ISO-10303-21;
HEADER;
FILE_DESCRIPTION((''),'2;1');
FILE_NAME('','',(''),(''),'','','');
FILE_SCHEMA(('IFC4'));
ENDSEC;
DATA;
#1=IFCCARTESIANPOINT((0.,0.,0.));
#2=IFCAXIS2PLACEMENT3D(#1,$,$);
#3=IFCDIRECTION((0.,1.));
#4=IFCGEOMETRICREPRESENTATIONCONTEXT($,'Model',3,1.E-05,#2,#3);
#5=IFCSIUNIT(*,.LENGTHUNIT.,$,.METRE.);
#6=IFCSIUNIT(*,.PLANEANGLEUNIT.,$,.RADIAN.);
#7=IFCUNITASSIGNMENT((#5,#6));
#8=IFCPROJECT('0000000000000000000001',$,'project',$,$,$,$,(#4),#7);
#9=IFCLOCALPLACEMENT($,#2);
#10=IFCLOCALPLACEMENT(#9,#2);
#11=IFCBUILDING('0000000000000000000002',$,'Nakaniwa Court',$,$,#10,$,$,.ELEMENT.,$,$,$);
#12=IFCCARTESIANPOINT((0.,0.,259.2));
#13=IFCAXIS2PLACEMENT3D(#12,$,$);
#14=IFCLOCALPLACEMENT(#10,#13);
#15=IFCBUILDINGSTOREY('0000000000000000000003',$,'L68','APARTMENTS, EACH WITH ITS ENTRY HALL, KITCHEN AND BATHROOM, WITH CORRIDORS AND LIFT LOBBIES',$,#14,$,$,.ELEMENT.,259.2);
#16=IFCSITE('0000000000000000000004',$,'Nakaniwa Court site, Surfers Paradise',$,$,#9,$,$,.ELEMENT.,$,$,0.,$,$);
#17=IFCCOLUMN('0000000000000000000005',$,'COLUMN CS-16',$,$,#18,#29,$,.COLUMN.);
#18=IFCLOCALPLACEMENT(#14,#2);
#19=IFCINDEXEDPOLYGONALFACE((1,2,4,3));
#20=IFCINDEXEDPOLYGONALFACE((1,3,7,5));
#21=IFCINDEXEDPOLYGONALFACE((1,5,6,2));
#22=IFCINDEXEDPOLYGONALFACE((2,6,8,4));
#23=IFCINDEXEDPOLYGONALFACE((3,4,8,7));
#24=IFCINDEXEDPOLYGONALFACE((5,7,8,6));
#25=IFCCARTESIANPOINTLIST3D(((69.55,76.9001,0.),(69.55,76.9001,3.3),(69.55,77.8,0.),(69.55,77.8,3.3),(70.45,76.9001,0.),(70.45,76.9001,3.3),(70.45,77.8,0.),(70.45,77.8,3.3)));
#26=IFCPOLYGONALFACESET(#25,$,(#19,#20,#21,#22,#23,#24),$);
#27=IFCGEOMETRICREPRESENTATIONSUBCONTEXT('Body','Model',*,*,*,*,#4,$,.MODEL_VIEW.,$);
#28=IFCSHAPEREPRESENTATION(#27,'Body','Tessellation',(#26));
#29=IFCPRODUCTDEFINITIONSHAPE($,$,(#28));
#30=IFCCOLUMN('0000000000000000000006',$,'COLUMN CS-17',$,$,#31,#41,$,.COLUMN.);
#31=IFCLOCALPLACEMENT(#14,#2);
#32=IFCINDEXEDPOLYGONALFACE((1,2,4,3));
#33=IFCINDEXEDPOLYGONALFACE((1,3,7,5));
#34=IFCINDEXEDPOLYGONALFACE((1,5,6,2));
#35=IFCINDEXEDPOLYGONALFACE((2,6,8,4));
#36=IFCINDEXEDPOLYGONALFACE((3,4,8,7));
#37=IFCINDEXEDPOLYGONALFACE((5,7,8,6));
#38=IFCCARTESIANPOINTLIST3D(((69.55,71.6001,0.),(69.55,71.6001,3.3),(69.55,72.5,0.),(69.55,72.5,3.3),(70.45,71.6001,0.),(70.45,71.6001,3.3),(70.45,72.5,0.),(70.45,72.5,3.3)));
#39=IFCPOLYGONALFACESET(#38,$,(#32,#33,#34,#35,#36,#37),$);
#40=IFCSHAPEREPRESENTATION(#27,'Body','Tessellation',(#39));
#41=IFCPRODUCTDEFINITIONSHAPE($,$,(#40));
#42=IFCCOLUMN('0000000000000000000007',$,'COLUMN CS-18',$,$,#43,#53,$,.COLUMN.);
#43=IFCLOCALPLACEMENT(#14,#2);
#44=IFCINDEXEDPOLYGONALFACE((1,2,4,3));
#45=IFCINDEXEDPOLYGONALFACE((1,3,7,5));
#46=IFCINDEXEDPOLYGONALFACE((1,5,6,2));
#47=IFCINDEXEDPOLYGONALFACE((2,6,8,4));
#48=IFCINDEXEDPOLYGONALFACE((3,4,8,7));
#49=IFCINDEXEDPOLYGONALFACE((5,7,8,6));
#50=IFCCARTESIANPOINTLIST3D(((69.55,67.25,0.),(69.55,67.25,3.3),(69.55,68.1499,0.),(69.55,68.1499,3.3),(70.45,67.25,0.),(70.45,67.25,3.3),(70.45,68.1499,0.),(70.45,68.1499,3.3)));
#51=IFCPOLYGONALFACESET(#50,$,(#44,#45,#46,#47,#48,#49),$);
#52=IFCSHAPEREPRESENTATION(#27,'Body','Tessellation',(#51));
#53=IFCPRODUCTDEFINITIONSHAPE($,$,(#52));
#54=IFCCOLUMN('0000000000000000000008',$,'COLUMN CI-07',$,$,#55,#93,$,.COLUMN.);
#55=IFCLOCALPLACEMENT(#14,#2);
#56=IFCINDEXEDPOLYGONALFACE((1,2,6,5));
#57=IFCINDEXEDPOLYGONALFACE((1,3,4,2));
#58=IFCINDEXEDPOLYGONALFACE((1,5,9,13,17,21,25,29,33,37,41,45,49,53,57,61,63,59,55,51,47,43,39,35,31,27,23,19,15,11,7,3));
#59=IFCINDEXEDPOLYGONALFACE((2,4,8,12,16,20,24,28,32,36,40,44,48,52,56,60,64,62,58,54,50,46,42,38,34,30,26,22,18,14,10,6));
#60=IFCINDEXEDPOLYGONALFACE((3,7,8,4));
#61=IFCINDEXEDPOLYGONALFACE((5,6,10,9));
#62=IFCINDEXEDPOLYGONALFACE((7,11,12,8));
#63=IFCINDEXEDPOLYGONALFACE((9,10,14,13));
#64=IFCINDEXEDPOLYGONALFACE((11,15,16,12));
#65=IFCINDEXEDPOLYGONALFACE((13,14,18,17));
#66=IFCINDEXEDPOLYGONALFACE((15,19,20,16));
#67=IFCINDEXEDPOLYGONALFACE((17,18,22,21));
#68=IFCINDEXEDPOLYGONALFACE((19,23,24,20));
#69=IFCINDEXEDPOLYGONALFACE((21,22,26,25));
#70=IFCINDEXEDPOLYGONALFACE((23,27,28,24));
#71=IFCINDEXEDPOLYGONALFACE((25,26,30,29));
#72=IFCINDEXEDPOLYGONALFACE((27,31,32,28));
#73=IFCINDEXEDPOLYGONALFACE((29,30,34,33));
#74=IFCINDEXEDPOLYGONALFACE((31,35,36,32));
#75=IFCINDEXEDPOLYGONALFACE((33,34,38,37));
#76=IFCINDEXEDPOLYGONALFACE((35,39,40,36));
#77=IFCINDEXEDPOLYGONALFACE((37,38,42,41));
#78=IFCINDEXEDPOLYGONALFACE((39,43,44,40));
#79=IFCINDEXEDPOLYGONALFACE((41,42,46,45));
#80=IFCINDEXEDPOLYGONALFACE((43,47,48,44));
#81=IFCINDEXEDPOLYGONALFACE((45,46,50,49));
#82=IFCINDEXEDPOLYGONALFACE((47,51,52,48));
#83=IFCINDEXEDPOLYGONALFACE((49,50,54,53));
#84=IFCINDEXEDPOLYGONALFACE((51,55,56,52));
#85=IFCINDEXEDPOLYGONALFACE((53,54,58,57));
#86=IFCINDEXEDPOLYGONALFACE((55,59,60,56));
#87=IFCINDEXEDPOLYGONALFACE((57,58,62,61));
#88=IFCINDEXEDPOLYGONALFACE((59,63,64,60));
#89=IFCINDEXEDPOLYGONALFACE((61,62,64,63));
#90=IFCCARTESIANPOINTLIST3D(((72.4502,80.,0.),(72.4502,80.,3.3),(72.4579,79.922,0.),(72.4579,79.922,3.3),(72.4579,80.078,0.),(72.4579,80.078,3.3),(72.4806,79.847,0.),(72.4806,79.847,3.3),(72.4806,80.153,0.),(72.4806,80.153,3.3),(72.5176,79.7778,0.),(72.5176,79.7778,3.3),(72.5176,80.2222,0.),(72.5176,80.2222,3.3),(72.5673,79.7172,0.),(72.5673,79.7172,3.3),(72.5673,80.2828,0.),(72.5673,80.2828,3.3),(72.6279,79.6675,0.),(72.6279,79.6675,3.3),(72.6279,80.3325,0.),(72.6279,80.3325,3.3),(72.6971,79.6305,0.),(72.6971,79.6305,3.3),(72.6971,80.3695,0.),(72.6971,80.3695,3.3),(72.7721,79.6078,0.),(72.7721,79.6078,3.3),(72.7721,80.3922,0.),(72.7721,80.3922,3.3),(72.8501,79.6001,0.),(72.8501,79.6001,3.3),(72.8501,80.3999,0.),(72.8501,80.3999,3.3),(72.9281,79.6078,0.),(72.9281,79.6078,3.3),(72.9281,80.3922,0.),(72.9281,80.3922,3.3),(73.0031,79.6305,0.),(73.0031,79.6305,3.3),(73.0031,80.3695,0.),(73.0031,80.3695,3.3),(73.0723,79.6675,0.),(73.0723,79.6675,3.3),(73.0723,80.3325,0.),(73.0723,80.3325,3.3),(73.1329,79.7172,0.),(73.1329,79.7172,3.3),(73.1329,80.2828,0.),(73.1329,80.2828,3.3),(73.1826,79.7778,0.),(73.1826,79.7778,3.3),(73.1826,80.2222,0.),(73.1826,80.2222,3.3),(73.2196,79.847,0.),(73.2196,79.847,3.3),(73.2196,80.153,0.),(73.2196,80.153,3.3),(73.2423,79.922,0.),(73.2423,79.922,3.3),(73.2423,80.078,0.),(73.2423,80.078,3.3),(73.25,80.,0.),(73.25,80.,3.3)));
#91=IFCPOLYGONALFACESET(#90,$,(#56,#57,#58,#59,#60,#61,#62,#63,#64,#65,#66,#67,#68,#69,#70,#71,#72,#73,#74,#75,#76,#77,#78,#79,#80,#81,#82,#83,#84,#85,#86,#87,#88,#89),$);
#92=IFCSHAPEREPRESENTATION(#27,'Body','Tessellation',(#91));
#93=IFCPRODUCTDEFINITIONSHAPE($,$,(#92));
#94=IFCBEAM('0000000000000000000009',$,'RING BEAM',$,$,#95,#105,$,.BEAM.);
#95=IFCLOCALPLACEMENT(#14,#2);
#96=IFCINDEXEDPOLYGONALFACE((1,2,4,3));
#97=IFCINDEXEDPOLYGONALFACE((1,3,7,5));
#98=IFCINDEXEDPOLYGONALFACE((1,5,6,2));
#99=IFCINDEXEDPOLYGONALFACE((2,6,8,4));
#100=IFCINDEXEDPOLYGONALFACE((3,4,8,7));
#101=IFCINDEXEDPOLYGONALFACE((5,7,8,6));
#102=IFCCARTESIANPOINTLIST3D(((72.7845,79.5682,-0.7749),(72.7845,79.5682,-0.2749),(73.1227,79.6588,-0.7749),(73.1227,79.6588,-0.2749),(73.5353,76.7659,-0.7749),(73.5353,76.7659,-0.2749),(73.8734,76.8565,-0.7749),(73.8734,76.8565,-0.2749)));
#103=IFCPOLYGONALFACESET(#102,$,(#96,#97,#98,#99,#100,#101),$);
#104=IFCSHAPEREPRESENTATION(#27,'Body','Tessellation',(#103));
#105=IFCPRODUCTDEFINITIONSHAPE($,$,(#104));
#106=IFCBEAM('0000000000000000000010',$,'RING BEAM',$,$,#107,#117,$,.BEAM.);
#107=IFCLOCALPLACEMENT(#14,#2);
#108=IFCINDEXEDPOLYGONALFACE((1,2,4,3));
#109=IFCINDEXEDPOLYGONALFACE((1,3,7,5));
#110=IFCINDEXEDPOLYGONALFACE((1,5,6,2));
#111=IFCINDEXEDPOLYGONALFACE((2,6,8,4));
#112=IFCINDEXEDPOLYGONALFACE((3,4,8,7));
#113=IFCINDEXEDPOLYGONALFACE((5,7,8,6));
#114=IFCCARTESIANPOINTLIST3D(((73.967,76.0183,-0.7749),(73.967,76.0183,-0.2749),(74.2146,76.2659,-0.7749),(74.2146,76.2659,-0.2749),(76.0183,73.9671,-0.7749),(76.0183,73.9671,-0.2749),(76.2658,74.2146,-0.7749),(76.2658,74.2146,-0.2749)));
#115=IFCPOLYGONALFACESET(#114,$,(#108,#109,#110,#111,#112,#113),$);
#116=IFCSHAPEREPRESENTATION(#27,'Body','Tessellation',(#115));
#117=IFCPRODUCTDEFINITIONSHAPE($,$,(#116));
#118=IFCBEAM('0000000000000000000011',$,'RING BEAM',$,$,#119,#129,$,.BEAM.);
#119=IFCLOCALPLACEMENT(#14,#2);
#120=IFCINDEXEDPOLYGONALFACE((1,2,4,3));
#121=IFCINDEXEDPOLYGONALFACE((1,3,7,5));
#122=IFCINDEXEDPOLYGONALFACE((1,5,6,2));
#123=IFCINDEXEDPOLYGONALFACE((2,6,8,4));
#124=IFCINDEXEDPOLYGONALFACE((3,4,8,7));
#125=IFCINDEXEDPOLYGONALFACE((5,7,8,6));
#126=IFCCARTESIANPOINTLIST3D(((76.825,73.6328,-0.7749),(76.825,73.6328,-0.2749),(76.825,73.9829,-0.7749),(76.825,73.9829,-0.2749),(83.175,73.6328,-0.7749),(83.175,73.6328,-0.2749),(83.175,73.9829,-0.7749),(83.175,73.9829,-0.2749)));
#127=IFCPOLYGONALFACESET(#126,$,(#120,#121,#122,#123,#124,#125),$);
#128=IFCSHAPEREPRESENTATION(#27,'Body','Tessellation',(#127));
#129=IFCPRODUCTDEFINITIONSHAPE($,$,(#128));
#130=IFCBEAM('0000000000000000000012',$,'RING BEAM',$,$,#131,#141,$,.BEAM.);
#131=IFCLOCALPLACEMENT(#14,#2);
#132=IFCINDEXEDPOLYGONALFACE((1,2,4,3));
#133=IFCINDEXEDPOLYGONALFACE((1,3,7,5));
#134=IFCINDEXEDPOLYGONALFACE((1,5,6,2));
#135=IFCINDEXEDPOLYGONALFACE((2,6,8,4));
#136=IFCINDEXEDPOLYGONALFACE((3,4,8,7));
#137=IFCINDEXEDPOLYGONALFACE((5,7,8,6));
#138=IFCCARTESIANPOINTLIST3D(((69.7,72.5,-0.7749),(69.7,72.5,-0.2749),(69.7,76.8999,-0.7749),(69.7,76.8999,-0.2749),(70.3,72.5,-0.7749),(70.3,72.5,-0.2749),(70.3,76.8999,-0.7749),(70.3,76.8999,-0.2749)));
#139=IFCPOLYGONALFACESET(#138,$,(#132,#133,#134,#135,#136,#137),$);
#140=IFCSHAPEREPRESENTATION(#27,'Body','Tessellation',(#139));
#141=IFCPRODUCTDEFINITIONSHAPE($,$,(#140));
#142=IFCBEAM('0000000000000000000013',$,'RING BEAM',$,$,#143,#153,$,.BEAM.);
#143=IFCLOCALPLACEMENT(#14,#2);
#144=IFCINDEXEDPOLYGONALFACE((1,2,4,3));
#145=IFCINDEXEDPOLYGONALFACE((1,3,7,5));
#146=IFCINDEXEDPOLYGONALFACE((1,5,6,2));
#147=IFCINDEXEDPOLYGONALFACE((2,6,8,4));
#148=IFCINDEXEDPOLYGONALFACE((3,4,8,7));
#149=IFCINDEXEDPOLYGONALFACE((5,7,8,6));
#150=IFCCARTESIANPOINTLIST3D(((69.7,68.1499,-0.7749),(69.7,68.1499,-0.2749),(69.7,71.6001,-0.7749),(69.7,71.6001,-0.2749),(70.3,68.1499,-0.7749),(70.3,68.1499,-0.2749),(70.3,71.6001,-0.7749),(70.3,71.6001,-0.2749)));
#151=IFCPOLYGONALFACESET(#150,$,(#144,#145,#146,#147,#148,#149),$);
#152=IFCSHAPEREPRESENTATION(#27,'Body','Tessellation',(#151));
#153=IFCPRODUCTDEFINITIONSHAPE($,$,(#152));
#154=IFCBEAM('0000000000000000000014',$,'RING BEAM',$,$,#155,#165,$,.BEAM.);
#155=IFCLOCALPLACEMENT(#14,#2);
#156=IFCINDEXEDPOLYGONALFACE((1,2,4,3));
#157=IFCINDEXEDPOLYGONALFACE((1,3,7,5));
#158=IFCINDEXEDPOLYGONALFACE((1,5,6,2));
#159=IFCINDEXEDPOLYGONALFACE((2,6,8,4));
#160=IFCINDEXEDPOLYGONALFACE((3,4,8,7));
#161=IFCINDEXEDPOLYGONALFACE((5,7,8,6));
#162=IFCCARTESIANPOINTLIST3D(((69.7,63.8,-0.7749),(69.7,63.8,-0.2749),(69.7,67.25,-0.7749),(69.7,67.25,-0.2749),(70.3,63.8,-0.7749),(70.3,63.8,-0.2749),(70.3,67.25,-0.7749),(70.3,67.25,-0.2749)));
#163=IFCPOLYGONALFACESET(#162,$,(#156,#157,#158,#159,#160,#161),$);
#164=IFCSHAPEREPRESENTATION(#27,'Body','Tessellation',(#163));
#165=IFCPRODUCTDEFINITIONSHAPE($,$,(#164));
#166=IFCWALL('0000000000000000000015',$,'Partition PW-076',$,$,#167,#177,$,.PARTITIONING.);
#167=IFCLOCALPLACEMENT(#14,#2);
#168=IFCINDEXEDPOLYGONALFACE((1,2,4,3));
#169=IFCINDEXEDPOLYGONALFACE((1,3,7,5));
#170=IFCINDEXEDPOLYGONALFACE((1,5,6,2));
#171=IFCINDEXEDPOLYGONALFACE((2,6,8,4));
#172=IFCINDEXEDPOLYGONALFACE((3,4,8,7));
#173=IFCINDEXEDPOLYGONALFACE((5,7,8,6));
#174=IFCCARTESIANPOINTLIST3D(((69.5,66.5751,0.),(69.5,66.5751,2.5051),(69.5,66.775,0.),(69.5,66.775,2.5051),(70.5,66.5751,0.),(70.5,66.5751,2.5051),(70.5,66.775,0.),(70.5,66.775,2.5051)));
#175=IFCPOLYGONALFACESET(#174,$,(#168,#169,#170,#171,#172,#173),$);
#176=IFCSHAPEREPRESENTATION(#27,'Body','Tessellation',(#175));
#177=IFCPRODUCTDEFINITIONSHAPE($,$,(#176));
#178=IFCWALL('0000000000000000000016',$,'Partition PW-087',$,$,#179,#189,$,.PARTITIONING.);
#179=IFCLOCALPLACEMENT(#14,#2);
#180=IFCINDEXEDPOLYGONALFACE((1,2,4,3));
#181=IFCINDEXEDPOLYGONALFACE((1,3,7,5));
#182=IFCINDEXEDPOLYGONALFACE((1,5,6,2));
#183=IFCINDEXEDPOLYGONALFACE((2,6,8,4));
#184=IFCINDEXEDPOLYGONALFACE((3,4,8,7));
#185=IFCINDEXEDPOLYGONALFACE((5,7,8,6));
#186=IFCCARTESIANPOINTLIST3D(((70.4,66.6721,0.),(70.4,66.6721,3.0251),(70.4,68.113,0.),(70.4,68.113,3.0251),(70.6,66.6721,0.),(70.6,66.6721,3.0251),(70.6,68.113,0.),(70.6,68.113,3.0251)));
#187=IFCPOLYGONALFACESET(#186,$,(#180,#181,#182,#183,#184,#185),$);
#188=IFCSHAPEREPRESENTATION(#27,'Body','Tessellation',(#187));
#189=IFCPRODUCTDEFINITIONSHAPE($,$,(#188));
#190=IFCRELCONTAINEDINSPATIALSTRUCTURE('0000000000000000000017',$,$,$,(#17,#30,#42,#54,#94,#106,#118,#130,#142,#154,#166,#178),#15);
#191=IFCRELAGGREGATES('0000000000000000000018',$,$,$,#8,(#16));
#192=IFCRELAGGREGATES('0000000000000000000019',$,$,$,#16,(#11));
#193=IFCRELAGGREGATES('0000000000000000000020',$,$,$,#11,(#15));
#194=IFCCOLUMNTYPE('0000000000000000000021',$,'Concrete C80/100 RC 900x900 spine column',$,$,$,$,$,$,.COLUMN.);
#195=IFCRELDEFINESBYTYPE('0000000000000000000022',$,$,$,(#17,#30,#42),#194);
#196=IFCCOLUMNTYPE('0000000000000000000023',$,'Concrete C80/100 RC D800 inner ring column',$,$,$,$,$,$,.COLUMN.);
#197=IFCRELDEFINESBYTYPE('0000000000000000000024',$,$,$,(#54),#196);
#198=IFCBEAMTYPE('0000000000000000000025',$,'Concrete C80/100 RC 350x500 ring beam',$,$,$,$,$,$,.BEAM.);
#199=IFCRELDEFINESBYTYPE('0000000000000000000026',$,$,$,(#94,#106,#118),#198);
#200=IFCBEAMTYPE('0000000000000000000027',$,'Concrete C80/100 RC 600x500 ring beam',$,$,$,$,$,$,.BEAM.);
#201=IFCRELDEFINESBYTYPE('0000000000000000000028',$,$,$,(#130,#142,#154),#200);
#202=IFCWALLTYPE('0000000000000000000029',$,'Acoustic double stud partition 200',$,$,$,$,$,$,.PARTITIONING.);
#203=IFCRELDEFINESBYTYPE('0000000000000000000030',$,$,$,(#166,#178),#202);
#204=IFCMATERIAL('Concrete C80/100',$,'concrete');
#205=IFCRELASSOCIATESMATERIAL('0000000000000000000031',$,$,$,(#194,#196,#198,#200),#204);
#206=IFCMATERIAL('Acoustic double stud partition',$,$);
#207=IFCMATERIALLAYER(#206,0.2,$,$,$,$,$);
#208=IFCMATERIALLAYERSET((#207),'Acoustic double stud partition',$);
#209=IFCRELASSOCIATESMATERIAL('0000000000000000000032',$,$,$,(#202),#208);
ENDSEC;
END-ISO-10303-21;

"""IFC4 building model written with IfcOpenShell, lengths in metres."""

from ifc_helpers import new_model, si_unit, direction, frame, frame_2d, origin, origin_2d, place, context, subcontext, project, spatial, rectangle, circle, extrude, material, layer, layer_set, material_profile, profile_set, type_object, element, save


model = new_model("IFC4")

# Units and contexts
model_context = context("Model", 3, precision=1e-05, world=origin(), true_north=direction((0.0, 1.0)))
body_context = subcontext(model_context, "Body", "Model", "MODEL_VIEW")
ifc_project = project(units=[si_unit("LENGTHUNIT", "METRE"), si_unit("PLANEANGLEUNIT", "RADIAN")], contexts=[model_context])

# Site, building, storey
site_placement = place(None, origin())
site = spatial("IfcSite", under=ifc_project, at=site_placement, Name="Nakaniwa Court site, Surfers Paradise", CompositionType="ELEMENT", RefElevation=0.0)
building_placement = place(site_placement, origin())
building = spatial("IfcBuilding", under=site, at=building_placement, Name="Nakaniwa Court", CompositionType="ELEMENT")
storey_placement = place(building_placement, frame((0.0, 0.0, 259.2)))
storey = spatial("IfcBuildingStorey", under=building, at=storey_placement, Name="L68", Description="APARTMENTS, EACH WITH ITS ENTRY HALL, KITCHEN AND BATHROOM, WITH CORRIDORS AND LIFT LOBBIES", CompositionType="ELEMENT", Elevation=259.2)

# Columns
ifc_material_1 = material(Name="Concrete C80/100", Category="concrete")
ifc_material_profile_1 = material_profile(ifc_material_1, rectangle(XDim=0.8999, YDim=0.8999, at=origin_2d()), Name="Concrete C80/100 RC 900x900 spine column")
ifc_profile_set_1 = profile_set([ifc_material_profile_1], Name="Concrete C80/100")
column_type_1 = type_object("IfcColumnType", Name="Concrete C80/100 RC 900x900 spine column", PredefinedType="COLUMN", material=ifc_profile_set_1)
for number, where, z_axis, x_axis, name in (
    (1, (70.0, 77.3501, 0.0), (0.0, 0.0, 1.0), (0.0, -1.0, 0.0), "COLUMN CS-16"),
    (2, (70.0, 72.05, 0.0), (0.0, 0.0, 1.0), (0.0, -1.0, 0.0), "COLUMN CS-17"),
    (3, (70.0, 67.7, 0.0), (0.0, 0.0, 1.0), (0.0, -1.0, 0.0), "COLUMN CS-18"),
):
    element("IfcColumn", number, at=place(storey_placement, frame(where, z_axis=z_axis, x_axis=x_axis)), inside=storey, type_object=column_type_1, Name=name, PredefinedType="COLUMN", context=body_context, shape_type="SweptSolid", body=[
        extrude(rectangle(XDim=0.8999, YDim=0.8999, at=origin_2d()), origin(), (0.0, 0.0, 1.0), 3.3),
    ])
ifc_material_profile_2 = material_profile(ifc_material_1, circle(Radius=0.3999, at=origin_2d()), Name="Concrete C80/100 RC D800 inner ring column")
ifc_profile_set_2 = profile_set([ifc_material_profile_2], Name="Concrete C80/100")
column_type_2 = type_object("IfcColumnType", Name="Concrete C80/100 RC D800 inner ring column", PredefinedType="COLUMN", material=ifc_profile_set_2)
for number, where, z_axis, x_axis, name in (
    (4, (72.8501, 80.0, 0.0), (0.0, 0.0, 1.0), (0.0, -1.0, 0.0), "COLUMN CI-07"),
):
    element("IfcColumn", number, at=place(storey_placement, frame(where, z_axis=z_axis, x_axis=x_axis)), inside=storey, type_object=column_type_2, Name=name, PredefinedType="COLUMN", context=body_context, shape_type="SweptSolid", body=[
        extrude(circle(Radius=0.3999, at=origin_2d()), origin(), (0.0, 0.0, 1.0), 3.3),
    ])

# Beams
ifc_material_profile_3 = material_profile(ifc_material_1, rectangle(XDim=0.3501, YDim=0.5, at=origin_2d()), Name="Concrete C80/100 RC 350x500 ring beam")
ifc_profile_set_3 = profile_set([ifc_material_profile_3], Name="Concrete C80/100")
beam_type_1 = type_object("IfcBeamType", Name="Concrete C80/100 RC 350x500 ring beam", PredefinedType="BEAM", material=ifc_profile_set_3)
beam_1_placement = place(storey_placement, frame((72.9536, 79.6135, -0.5249), z_axis=(0.258778, -0.965937, 0.0), x_axis=(0.965937, 0.258778, 0.0)))
element("IfcBeam", 5, at=beam_1_placement, inside=storey, type_object=beam_type_1, Name="RING BEAM", PredefinedType="BEAM", context=body_context, shape_type="SweptSolid", body=[
    extrude(rectangle(XDim=0.3501, YDim=0.5, at=origin_2d()), origin(), (0.0, 0.0, 1.0), 2.9011),
])
beam_2_placement = place(storey_placement, frame((74.0908, 76.1421, -0.5249), z_axis=(0.707107, -0.707107, 0.0), x_axis=(0.707107, 0.707107, 0.0)))
element("IfcBeam", 6, at=beam_2_placement, inside=storey, type_object=beam_type_1, Name="RING BEAM", PredefinedType="BEAM", context=body_context, shape_type="SweptSolid", body=[
    extrude(rectangle(XDim=0.3501, YDim=0.5, at=origin_2d()), origin(), (0.0, 0.0, 1.0), 2.9009),
])
beam_3_placement = place(storey_placement, frame((76.825, 73.8079, -0.5249), z_axis=(1.0, 0.0, 0.0), x_axis=(0.0, 1.0, 0.0)))
element("IfcBeam", 7, at=beam_3_placement, inside=storey, type_object=beam_type_1, Name="RING BEAM", PredefinedType="BEAM", context=body_context, shape_type="SweptSolid", body=[
    extrude(rectangle(XDim=0.3501, YDim=0.5, at=origin_2d()), origin(), (0.0, 0.0, 1.0), 6.3501),
])
ifc_material_profile_4 = material_profile(ifc_material_1, rectangle(XDim=0.6001, YDim=0.5, at=origin_2d()), Name="Concrete C80/100 RC 600x500 ring beam")
ifc_profile_set_4 = profile_set([ifc_material_profile_4], Name="Concrete C80/100")
beam_type_2 = type_object("IfcBeamType", Name="Concrete C80/100 RC 600x500 ring beam", PredefinedType="BEAM", material=ifc_profile_set_4)
beam_4_placement = place(storey_placement, frame((70.0, 76.8999, -0.5249), z_axis=(0.0, -1.0, 0.0), x_axis=(1.0, 0.0, 0.0)))
element("IfcBeam", 8, at=beam_4_placement, inside=storey, type_object=beam_type_2, Name="RING BEAM", PredefinedType="BEAM", context=body_context, shape_type="SweptSolid", body=[
    extrude(rectangle(XDim=0.6001, YDim=0.5, at=origin_2d()), origin(), (0.0, 0.0, 1.0), 4.3999),
])
beam_5_placement = place(storey_placement, frame((70.0, 71.6001, -0.5249), z_axis=(0.0, -1.0, 0.0), x_axis=(1.0, 0.0, 0.0)))
element("IfcBeam", 9, at=beam_5_placement, inside=storey, type_object=beam_type_2, Name="RING BEAM", PredefinedType="BEAM", context=body_context, shape_type="SweptSolid", body=[
    extrude(rectangle(XDim=0.6001, YDim=0.5, at=origin_2d()), origin(), (0.0, 0.0, 1.0), 3.4502),
])
beam_6_placement = place(storey_placement, frame((70.0, 67.25, -0.5249), z_axis=(0.0, -1.0, 0.0), x_axis=(1.0, 0.0, 0.0)))
element("IfcBeam", 10, at=beam_6_placement, inside=storey, type_object=beam_type_2, Name="RING BEAM", PredefinedType="BEAM", context=body_context, shape_type="SweptSolid", body=[
    extrude(rectangle(XDim=0.6001, YDim=0.5, at=origin_2d()), origin(), (0.0, 0.0, 1.0), 3.45),
])

# Walls
ifc_material_2 = material(Name="Acoustic double stud partition")
ifc_layer_1 = layer(ifc_material_2, 0.2)
ifc_layer_set_1 = layer_set([ifc_layer_1], Name="Acoustic double stud partition")
wall_type_1 = type_object("IfcWallType", Name="Acoustic double stud partition 200", PredefinedType="PARTITIONING", material=ifc_layer_set_1)
wall_1_placement = place(storey_placement, frame((69.5, 66.675, 0.0), z_axis=(0.0, 0.0, 1.0), x_axis=(1.0, 0.0, 0.0)))
element("IfcWall", 11, at=wall_1_placement, inside=storey, type_object=wall_type_1, Name="Partition PW-076", PredefinedType="PARTITIONING", context=body_context, shape_type="SweptSolid", body=[
    extrude(rectangle(XDim=1.0, YDim=0.2, at=frame_2d((0.5, 0.0))), origin(), (0.0, 0.0, 1.0), 2.5051),
])
wall_2_placement = place(storey_placement, frame((70.5, 66.6721, 0.0), z_axis=(0.0, 0.0, 1.0), x_axis=(0.0, 1.0, 0.0)))
element("IfcWall", 12, at=wall_2_placement, inside=storey, type_object=wall_type_1, Name="Partition PW-087", PredefinedType="PARTITIONING", context=body_context, shape_type="SweptSolid", body=[
    extrude(rectangle(XDim=1.4409, YDim=0.2, at=frame_2d((0.7205, 0.0))), origin(), (0.0, 0.0, 1.0), 3.0251),
])

save(model, "model.ifc")
